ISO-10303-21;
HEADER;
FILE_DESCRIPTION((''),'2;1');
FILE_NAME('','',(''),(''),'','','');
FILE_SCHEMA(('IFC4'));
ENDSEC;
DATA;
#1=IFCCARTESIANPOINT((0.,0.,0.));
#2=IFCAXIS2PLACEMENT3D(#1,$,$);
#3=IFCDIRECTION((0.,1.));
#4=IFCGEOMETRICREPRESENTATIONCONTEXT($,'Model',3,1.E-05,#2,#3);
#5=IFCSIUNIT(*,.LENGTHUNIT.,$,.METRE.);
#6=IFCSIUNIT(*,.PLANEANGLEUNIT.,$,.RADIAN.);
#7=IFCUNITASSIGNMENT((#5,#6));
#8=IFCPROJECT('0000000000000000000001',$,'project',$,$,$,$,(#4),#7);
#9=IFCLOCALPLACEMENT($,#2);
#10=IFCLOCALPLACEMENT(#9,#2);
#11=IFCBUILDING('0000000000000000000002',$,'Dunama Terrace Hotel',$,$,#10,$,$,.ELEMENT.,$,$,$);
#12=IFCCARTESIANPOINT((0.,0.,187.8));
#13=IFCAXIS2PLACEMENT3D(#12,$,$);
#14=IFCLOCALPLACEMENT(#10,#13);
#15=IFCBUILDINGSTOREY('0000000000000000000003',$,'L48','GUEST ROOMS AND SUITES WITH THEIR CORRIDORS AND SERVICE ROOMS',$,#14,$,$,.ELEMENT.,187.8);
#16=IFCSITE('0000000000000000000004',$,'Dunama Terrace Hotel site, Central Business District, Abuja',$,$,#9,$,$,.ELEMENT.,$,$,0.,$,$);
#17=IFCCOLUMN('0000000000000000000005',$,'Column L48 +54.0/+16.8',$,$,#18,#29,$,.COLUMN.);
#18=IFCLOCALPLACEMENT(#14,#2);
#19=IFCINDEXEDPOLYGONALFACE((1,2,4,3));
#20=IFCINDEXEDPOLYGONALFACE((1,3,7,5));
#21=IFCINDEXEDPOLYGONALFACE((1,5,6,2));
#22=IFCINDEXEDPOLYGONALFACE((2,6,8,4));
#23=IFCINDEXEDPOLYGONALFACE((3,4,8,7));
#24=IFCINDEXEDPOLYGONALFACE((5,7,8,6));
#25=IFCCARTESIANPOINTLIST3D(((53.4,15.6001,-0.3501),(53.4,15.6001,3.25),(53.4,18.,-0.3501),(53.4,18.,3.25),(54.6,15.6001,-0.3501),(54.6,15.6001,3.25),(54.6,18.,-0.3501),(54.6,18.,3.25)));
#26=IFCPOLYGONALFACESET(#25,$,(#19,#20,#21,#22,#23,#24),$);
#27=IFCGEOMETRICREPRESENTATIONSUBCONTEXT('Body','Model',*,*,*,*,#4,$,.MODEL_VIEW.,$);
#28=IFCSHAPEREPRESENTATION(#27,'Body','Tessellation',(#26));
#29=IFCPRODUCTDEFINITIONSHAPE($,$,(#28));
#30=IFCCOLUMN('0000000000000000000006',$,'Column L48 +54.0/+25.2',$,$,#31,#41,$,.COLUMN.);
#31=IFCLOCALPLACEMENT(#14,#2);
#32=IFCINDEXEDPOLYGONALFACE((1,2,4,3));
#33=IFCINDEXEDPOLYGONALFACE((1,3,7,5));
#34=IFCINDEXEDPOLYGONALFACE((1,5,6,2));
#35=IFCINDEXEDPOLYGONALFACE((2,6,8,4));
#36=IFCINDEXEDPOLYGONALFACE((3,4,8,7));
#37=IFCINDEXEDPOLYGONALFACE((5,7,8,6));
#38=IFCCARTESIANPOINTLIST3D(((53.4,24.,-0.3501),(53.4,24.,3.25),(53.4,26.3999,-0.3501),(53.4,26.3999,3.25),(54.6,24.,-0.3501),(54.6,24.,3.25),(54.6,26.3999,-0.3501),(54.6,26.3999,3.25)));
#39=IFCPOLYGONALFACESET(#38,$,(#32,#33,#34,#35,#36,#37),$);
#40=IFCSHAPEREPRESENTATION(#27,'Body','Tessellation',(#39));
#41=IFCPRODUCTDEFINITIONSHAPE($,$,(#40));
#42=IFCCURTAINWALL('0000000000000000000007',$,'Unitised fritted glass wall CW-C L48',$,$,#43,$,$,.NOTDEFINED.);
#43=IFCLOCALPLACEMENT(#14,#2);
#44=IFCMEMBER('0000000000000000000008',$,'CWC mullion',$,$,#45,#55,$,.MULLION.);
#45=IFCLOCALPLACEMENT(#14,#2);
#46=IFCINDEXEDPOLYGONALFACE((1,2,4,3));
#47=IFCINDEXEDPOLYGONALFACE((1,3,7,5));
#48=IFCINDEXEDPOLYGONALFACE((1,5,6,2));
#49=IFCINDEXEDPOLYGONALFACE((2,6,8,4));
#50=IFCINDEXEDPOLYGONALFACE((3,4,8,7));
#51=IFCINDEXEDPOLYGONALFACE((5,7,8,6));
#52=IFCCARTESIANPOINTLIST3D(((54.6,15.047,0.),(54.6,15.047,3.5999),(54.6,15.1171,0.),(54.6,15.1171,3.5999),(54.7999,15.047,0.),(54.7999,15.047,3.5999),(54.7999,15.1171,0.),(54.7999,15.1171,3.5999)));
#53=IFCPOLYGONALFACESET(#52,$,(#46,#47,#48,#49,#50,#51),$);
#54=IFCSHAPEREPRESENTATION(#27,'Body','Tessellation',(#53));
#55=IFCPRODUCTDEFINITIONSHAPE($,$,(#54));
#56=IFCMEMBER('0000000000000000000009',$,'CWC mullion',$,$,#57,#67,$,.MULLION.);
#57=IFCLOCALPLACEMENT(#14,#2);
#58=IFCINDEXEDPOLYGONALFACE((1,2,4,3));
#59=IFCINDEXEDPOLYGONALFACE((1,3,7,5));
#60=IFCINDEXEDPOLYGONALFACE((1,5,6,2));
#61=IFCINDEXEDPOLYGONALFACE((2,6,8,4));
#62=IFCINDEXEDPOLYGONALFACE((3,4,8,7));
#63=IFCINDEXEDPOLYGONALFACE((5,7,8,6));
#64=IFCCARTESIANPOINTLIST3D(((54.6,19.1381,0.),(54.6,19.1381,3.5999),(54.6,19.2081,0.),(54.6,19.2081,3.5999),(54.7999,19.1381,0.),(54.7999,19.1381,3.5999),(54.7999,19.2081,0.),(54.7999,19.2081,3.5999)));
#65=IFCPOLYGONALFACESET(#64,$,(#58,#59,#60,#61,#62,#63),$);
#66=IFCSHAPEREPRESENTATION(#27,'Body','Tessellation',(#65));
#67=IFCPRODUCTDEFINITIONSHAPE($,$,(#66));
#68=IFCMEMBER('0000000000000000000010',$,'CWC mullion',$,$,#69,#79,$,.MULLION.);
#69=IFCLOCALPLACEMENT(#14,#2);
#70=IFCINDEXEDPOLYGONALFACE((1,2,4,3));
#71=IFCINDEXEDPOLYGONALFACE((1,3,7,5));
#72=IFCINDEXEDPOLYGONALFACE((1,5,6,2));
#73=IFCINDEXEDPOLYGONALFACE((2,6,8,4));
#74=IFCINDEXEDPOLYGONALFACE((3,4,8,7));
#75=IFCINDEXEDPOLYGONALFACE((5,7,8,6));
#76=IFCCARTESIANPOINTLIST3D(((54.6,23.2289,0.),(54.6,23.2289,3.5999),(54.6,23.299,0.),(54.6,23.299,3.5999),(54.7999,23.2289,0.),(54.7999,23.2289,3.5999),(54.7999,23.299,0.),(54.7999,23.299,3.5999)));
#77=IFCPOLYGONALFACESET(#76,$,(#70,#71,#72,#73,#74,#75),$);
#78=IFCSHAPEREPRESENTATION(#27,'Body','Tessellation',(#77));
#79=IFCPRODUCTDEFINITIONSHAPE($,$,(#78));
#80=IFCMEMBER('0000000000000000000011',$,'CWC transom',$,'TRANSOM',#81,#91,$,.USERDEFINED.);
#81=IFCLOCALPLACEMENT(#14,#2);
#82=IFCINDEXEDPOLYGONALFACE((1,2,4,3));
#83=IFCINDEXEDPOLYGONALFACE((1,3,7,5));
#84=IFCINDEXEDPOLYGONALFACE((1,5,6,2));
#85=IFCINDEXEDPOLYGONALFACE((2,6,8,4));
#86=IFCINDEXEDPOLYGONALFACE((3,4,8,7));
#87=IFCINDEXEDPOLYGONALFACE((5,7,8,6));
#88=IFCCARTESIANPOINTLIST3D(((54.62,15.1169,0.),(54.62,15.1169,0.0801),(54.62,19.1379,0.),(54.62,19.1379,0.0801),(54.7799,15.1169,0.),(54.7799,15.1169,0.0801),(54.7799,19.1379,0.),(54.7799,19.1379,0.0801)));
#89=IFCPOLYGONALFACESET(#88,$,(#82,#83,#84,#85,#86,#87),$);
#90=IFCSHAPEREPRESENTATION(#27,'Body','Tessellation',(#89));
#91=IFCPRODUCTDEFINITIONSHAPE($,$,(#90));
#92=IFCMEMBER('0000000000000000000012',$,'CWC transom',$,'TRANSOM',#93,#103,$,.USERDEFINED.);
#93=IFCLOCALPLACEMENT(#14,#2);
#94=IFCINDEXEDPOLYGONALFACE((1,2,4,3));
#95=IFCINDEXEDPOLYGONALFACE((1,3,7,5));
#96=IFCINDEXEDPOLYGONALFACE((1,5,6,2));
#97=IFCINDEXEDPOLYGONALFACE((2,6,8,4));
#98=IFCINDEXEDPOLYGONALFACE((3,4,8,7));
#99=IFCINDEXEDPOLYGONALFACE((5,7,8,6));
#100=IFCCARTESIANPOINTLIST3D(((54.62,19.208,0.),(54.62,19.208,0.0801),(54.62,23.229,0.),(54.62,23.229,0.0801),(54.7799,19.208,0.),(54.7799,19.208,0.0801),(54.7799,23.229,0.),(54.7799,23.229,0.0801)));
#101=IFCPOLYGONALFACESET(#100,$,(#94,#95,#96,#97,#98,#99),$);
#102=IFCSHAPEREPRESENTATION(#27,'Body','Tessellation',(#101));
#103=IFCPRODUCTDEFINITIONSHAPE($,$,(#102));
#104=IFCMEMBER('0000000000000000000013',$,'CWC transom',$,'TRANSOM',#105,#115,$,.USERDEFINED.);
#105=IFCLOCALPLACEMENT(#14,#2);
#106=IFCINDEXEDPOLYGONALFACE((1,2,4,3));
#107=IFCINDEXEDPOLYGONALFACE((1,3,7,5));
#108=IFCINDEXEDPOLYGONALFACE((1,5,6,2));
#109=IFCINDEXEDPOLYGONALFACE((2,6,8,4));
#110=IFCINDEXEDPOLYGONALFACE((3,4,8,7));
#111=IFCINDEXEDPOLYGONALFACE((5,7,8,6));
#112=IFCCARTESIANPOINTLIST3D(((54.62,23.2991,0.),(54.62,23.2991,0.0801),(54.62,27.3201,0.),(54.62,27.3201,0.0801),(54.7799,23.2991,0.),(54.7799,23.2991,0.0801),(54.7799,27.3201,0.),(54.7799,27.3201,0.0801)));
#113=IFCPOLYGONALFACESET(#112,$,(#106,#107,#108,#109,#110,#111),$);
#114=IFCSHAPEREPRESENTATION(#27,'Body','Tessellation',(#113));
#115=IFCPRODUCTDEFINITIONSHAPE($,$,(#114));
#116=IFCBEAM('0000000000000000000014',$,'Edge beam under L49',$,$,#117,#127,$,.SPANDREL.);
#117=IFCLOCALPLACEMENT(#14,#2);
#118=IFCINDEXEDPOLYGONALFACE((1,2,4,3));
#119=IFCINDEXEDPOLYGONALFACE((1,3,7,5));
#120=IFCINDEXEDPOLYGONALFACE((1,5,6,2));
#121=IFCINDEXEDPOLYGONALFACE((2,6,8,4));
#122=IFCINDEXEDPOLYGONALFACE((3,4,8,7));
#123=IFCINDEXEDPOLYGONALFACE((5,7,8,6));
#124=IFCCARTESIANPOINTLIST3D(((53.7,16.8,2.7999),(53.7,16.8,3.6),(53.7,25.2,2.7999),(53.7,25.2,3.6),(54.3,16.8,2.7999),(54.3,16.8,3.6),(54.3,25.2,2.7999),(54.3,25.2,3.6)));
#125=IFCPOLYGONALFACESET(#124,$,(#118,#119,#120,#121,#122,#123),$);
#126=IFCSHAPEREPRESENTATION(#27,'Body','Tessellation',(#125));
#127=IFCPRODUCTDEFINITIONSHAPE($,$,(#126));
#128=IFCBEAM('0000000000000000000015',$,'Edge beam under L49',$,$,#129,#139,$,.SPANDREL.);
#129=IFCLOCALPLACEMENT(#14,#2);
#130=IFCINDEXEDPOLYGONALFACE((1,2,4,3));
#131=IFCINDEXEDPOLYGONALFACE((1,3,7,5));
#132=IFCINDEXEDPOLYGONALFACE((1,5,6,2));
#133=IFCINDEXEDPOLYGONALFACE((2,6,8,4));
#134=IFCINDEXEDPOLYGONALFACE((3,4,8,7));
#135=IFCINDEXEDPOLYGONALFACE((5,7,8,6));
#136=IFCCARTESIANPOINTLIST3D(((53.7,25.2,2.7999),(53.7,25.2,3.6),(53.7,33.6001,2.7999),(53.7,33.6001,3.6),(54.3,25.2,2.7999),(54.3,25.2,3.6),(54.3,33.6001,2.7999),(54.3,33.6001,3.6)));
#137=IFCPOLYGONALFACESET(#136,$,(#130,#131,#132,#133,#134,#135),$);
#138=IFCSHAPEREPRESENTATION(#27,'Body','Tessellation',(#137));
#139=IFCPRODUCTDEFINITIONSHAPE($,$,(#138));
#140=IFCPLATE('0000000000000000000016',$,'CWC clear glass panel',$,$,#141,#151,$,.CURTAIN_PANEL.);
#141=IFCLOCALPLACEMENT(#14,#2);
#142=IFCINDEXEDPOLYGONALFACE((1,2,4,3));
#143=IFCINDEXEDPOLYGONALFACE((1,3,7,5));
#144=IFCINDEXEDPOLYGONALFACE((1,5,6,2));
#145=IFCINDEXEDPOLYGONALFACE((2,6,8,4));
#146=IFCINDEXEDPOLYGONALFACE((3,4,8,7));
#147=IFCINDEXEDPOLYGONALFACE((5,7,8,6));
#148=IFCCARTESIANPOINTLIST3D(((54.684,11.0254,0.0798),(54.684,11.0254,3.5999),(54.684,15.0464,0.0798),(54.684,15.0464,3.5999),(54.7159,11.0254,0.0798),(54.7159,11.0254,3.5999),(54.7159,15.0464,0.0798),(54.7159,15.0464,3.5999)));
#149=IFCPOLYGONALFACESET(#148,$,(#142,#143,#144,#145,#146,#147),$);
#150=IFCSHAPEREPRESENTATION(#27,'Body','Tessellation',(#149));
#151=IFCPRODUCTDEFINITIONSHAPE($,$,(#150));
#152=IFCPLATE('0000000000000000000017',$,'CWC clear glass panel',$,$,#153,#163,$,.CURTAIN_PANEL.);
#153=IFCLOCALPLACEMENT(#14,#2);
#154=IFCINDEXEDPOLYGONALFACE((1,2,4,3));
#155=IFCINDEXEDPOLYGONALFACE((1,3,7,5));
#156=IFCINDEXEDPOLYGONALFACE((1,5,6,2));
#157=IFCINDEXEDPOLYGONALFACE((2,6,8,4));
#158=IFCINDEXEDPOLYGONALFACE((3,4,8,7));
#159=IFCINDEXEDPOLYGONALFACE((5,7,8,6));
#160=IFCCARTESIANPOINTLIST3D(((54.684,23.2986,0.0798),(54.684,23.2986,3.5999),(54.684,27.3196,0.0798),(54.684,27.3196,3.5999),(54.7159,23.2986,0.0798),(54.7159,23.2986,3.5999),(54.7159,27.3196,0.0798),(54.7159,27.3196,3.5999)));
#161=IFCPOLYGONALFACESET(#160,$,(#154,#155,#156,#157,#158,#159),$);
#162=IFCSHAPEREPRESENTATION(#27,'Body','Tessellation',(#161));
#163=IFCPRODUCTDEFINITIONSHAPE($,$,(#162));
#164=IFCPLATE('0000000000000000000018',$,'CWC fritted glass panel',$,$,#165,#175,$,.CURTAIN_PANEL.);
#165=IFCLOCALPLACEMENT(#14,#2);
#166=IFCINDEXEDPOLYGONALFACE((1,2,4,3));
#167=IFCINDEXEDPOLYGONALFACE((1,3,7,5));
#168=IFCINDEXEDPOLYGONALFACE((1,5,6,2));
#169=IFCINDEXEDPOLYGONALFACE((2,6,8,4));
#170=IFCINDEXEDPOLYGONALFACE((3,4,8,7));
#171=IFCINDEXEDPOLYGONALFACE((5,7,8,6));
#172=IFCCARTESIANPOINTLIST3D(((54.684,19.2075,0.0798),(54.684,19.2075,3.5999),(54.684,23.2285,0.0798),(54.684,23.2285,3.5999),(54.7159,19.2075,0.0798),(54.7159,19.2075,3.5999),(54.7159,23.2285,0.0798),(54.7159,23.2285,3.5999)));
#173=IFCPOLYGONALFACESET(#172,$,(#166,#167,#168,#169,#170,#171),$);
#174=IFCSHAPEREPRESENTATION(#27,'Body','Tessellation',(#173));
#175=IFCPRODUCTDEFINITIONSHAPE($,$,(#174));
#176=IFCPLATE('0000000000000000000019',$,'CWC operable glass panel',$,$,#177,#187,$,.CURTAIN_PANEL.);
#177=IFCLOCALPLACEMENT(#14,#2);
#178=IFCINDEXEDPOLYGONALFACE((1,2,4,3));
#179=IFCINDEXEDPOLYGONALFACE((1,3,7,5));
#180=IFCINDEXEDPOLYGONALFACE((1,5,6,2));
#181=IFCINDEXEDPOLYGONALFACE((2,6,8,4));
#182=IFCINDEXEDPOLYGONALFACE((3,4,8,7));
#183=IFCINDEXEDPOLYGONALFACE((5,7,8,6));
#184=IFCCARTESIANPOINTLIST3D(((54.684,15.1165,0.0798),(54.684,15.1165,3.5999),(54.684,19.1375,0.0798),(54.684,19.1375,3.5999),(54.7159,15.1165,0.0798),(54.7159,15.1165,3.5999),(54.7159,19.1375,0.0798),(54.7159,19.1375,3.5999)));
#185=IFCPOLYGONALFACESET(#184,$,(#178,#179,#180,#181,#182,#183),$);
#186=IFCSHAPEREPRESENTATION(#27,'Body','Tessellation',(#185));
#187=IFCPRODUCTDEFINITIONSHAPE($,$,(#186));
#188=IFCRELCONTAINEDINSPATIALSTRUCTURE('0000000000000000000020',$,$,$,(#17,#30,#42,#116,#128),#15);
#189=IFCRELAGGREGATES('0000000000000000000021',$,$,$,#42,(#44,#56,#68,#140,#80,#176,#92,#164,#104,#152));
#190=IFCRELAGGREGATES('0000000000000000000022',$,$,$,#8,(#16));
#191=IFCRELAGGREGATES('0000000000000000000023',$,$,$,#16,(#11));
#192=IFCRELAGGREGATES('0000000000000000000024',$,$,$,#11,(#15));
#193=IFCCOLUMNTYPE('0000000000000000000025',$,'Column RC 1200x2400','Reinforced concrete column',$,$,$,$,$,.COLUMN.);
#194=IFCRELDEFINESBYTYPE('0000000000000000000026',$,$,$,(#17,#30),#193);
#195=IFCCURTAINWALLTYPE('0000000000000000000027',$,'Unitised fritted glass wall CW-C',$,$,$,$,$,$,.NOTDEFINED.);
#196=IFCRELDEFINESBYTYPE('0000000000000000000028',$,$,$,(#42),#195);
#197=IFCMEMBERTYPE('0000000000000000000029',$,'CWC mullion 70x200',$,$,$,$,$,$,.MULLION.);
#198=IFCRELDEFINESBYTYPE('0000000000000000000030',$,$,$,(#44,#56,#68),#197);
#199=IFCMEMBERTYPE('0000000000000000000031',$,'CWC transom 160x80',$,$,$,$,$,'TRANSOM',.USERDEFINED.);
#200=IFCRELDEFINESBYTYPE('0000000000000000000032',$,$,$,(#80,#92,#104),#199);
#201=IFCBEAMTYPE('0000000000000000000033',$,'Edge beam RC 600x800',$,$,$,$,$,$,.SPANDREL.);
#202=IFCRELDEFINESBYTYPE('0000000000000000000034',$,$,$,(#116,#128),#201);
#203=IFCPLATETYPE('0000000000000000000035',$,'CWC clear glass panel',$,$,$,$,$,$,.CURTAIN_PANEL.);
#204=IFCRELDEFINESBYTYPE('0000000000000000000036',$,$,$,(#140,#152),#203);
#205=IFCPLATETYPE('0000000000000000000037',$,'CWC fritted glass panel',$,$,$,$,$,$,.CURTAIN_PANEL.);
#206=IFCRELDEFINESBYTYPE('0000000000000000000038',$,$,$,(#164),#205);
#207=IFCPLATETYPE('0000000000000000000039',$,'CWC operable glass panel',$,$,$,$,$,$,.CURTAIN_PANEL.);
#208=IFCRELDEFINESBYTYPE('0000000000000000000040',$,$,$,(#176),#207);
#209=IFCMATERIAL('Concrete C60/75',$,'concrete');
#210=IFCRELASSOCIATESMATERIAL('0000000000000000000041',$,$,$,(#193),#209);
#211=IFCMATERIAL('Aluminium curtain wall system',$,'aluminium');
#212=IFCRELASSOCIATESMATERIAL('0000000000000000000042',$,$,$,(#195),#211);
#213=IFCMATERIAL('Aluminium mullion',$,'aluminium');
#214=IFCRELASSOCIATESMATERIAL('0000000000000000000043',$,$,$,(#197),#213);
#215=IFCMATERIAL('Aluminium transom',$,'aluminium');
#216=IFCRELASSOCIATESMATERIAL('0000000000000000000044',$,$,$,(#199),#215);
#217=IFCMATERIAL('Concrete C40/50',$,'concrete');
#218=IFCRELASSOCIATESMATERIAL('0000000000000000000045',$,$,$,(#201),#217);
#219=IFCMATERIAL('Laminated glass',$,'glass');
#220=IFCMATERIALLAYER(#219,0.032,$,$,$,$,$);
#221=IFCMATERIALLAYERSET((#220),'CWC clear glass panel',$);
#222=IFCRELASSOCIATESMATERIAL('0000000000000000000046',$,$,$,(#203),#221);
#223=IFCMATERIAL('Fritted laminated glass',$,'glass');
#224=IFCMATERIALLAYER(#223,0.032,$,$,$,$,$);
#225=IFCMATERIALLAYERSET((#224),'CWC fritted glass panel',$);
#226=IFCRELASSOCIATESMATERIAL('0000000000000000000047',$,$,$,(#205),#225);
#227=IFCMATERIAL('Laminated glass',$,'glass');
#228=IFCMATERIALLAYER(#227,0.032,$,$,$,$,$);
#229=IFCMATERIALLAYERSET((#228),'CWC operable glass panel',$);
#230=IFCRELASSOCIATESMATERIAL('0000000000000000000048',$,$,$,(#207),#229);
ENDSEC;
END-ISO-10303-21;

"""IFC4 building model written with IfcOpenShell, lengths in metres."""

from ifc_helpers import new_model, si_unit, direction, frame, origin, origin_2d, place, context, subcontext, project, spatial, rectangle, extrude, material, layer, layer_set, material_profile, profile_set, type_object, element, aggregate, save


model = new_model("IFC4")

# Units and contexts
model_context = context("Model", 3, precision=1e-05, world=origin(), true_north=direction((0.0, 1.0)))
body_context = subcontext(model_context, "Body", "Model", "MODEL_VIEW")
ifc_project = project(units=[si_unit("LENGTHUNIT", "METRE"), si_unit("PLANEANGLEUNIT", "RADIAN")], contexts=[model_context])

# Site, building, storey
site_placement = place(None, origin())
site = spatial("IfcSite", under=ifc_project, at=site_placement, Name="Dunama Terrace Hotel site, Central Business District, Abuja", CompositionType="ELEMENT", RefElevation=0.0)
building_placement = place(site_placement, origin())
building = spatial("IfcBuilding", under=site, at=building_placement, Name="Dunama Terrace Hotel", CompositionType="ELEMENT")
storey_placement = place(building_placement, frame((0.0, 0.0, 187.8)))
storey = spatial("IfcBuildingStorey", under=building, at=storey_placement, Name="L48", Description="GUEST ROOMS AND SUITES WITH THEIR CORRIDORS AND SERVICE ROOMS", CompositionType="ELEMENT", Elevation=187.8)

# Columns
ifc_material_1 = material(Name="Concrete C60/75", Category="concrete")
ifc_material_profile_1 = material_profile(ifc_material_1, rectangle(XDim=1.2, YDim=2.3999, at=origin_2d()), Name="RC 1200x2400")
ifc_profile_set_1 = profile_set([ifc_material_profile_1], Name="Concrete C60/75")
column_type = type_object("IfcColumnType", Name="Column RC 1200x2400", Description="Reinforced concrete column", PredefinedType="COLUMN", material=ifc_profile_set_1)
for number, where, z_axis, x_axis, name in (
    (1, (54.0, 16.8, -0.3501), (0.0, 0.0, 1.0), (1.0, 0.0, 0.0), "Column L48 +54.0/+16.8"),
    (2, (54.0, 25.2, -0.3501), (0.0, 0.0, 1.0), (1.0, 0.0, 0.0), "Column L48 +54.0/+25.2"),
):
    element("IfcColumn", number, at=place(storey_placement, frame(where, z_axis=z_axis, x_axis=x_axis)), inside=storey, type_object=column_type, Name=name, PredefinedType="COLUMN", context=body_context, shape_type="SweptSolid", body=[
        extrude(rectangle(XDim=1.2, YDim=2.3999, at=origin_2d()), origin(), (0.0, 0.0, 1.0), 3.6001),
    ])

# Curtain wall, members
ifc_material_2 = material(Name="Aluminium curtain wall system", Category="aluminium")
curtain_wall_type = type_object("IfcCurtainWallType", Name="Unitised fritted glass wall CW-C", PredefinedType="NOTDEFINED", material=ifc_material_2)
curtain_wall_placement = place(storey_placement, origin())
curtain_wall = element("IfcCurtainWall", 3, at=curtain_wall_placement, inside=storey, type_object=curtain_wall_type, Name="Unitised fritted glass wall CW-C L48", PredefinedType="NOTDEFINED")
ifc_material_3 = material(Name="Aluminium mullion", Category="aluminium")
ifc_material_profile_2 = material_profile(ifc_material_3, rectangle(XDim=0.0701, YDim=0.2, at=origin_2d()), Name="CWC MULLION 70X200")
ifc_profile_set_2 = profile_set([ifc_material_profile_2], Name="Aluminium mullion")
member_type_1 = type_object("IfcMemberType", Name="CWC mullion 70x200", PredefinedType="MULLION", material=ifc_profile_set_2)
member_1_placement = place(storey_placement, frame((54.7, 15.082, 0.0), z_axis=(0.0, 0.0, 1.0), x_axis=(0.0, 1.0, 0.0)))
member_1 = element("IfcMember", 4, at=member_1_placement, type_object=member_type_1, Name="CWC mullion", PredefinedType="MULLION", context=body_context, shape_type="SweptSolid", body=[
    extrude(rectangle(XDim=0.0701, YDim=0.2, at=origin_2d()), origin(), (0.0, 0.0, 1.0), 3.5999),
])
member_2_placement = place(storey_placement, frame((54.7, 19.1731, 0.0), z_axis=(0.0, 0.0, 1.0), x_axis=(0.0, 1.0, 0.0)))
member_2 = element("IfcMember", 5, at=member_2_placement, type_object=member_type_1, Name="CWC mullion", PredefinedType="MULLION", context=body_context, shape_type="SweptSolid", body=[
    extrude(rectangle(XDim=0.0701, YDim=0.2, at=origin_2d()), origin(), (0.0, 0.0, 1.0), 3.5999),
])
member_3_placement = place(storey_placement, frame((54.7, 23.2639, 0.0), z_axis=(0.0, 0.0, 1.0), x_axis=(0.0, 1.0, 0.0)))
member_3 = element("IfcMember", 6, at=member_3_placement, type_object=member_type_1, Name="CWC mullion", PredefinedType="MULLION", context=body_context, shape_type="SweptSolid", body=[
    extrude(rectangle(XDim=0.0701, YDim=0.2, at=origin_2d()), origin(), (0.0, 0.0, 1.0), 3.5999),
])
ifc_material_4 = material(Name="Aluminium transom", Category="aluminium")
ifc_material_profile_3 = material_profile(ifc_material_4, rectangle(XDim=0.1599, YDim=0.0801, at=origin_2d()), Name="CWC TRANSOM 160X80")
ifc_profile_set_3 = profile_set([ifc_material_profile_3], Name="Aluminium transom")
member_type_2 = type_object("IfcMemberType", Name="CWC transom 160x80", ElementType="TRANSOM", PredefinedType="USERDEFINED", material=ifc_profile_set_3)
member_4_placement = place(storey_placement, frame((54.7, 15.1169, 0.04), z_axis=(0.0, 1.0, 0.0), x_axis=(-1.0, 0.0, 0.0)))
member_4 = element("IfcMember", 7, at=member_4_placement, type_object=member_type_2, Name="CWC transom", ObjectType="TRANSOM", PredefinedType="USERDEFINED", context=body_context, shape_type="SweptSolid", body=[
    extrude(rectangle(XDim=0.1599, YDim=0.0801, at=origin_2d()), origin(), (0.0, 0.0, 1.0), 4.021),
])
member_5_placement = place(storey_placement, frame((54.7, 19.208, 0.04), z_axis=(0.0, 1.0, 0.0), x_axis=(-1.0, 0.0, 0.0)))
member_5 = element("IfcMember", 8, at=member_5_placement, type_object=member_type_2, Name="CWC transom", ObjectType="TRANSOM", PredefinedType="USERDEFINED", context=body_context, shape_type="SweptSolid", body=[
    extrude(rectangle(XDim=0.1599, YDim=0.0801, at=origin_2d()), origin(), (0.0, 0.0, 1.0), 4.021),
])
member_6_placement = place(storey_placement, frame((54.7, 23.2991, 0.04), z_axis=(0.0, 1.0, 0.0), x_axis=(-1.0, 0.0, 0.0)))
member_6 = element("IfcMember", 9, at=member_6_placement, type_object=member_type_2, Name="CWC transom", ObjectType="TRANSOM", PredefinedType="USERDEFINED", context=body_context, shape_type="SweptSolid", body=[
    extrude(rectangle(XDim=0.1599, YDim=0.0801, at=origin_2d()), origin(), (0.0, 0.0, 1.0), 4.021),
])

# Beams
ifc_material_5 = material(Name="Concrete C40/50", Category="concrete")
ifc_material_profile_4 = material_profile(ifc_material_5, rectangle(XDim=0.6001, YDim=0.8, at=origin_2d()), Name="RC 600x800")
ifc_profile_set_4 = profile_set([ifc_material_profile_4], Name="Concrete C40/50")
beam_type = type_object("IfcBeamType", Name="Edge beam RC 600x800", PredefinedType="SPANDREL", material=ifc_profile_set_4)
beam_1_placement = place(storey_placement, frame((54.0, 16.8, 3.2), z_axis=(0.0, 1.0, 0.0), x_axis=(-1.0, 0.0, 0.0)))
element("IfcBeam", 10, at=beam_1_placement, inside=storey, type_object=beam_type, Name="Edge beam under L49", PredefinedType="SPANDREL", context=body_context, shape_type="SweptSolid", body=[
    extrude(rectangle(XDim=0.6001, YDim=0.8, at=origin_2d()), origin(), (0.0, 0.0, 1.0), 8.3999),
])
beam_2_placement = place(storey_placement, frame((54.0, 25.2, 3.2), z_axis=(0.0, 1.0, 0.0), x_axis=(-1.0, 0.0, 0.0)))
element("IfcBeam", 11, at=beam_2_placement, inside=storey, type_object=beam_type, Name="Edge beam under L49", PredefinedType="SPANDREL", context=body_context, shape_type="SweptSolid", body=[
    extrude(rectangle(XDim=0.6001, YDim=0.8, at=origin_2d()), origin(), (0.0, 0.0, 1.0), 8.4001),
])

# Plates
ifc_material_6 = material(Name="Laminated glass", Category="glass")
ifc_layer_1 = layer(ifc_material_6, 0.032)
ifc_layer_set_1 = layer_set([ifc_layer_1], Name="CWC clear glass panel")
plate_type_1 = type_object("IfcPlateType", Name="CWC clear glass panel", PredefinedType="CURTAIN_PANEL", material=ifc_layer_set_1)
plate_1_placement = place(storey_placement, frame((54.7, 13.0359, 0.0798), z_axis=(0.0, 0.0, 1.0), x_axis=(0.0, 1.0, 0.0)))
plate_1 = element("IfcPlate", 12, at=plate_1_placement, type_object=plate_type_1, Name="CWC clear glass panel", PredefinedType="CURTAIN_PANEL", context=body_context, shape_type="SweptSolid", body=[
    extrude(rectangle(XDim=4.021, YDim=0.032, at=origin_2d()), origin(), (0.0, 0.0, 1.0), 3.52),
])
plate_2_placement = place(storey_placement, frame((54.7, 25.3091, 0.0798), z_axis=(0.0, 0.0, 1.0), x_axis=(0.0, 1.0, 0.0)))
plate_2 = element("IfcPlate", 13, at=plate_2_placement, type_object=plate_type_1, Name="CWC clear glass panel", PredefinedType="CURTAIN_PANEL", context=body_context, shape_type="SweptSolid", body=[
    extrude(rectangle(XDim=4.021, YDim=0.032, at=origin_2d()), origin(), (0.0, 0.0, 1.0), 3.52),
])
ifc_material_7 = material(Name="Fritted laminated glass", Category="glass")
ifc_layer_2 = layer(ifc_material_7, 0.032)
ifc_layer_set_2 = layer_set([ifc_layer_2], Name="CWC fritted glass panel")
plate_type_2 = type_object("IfcPlateType", Name="CWC fritted glass panel", PredefinedType="CURTAIN_PANEL", material=ifc_layer_set_2)
plate_3_placement = place(storey_placement, frame((54.7, 21.218, 0.0798), z_axis=(0.0, 0.0, 1.0), x_axis=(0.0, 1.0, 0.0)))
plate_3 = element("IfcPlate", 14, at=plate_3_placement, type_object=plate_type_2, Name="CWC fritted glass panel", PredefinedType="CURTAIN_PANEL", context=body_context, shape_type="SweptSolid", body=[
    extrude(rectangle(XDim=4.021, YDim=0.032, at=origin_2d()), origin(), (0.0, 0.0, 1.0), 3.52),
])
ifc_material_8 = material(Name="Laminated glass", Category="glass")
ifc_layer_3 = layer(ifc_material_8, 0.032)
ifc_layer_set_3 = layer_set([ifc_layer_3], Name="CWC operable glass panel")
plate_type_3 = type_object("IfcPlateType", Name="CWC operable glass panel", PredefinedType="CURTAIN_PANEL", material=ifc_layer_set_3)
plate_4_placement = place(storey_placement, frame((54.7, 17.127, 0.0798), z_axis=(0.0, 0.0, 1.0), x_axis=(0.0, 1.0, 0.0)))
plate_4 = element("IfcPlate", 15, at=plate_4_placement, type_object=plate_type_3, Name="CWC operable glass panel", PredefinedType="CURTAIN_PANEL", context=body_context, shape_type="SweptSolid", body=[
    extrude(rectangle(XDim=4.021, YDim=0.032, at=origin_2d()), origin(), (0.0, 0.0, 1.0), 3.52),
])
aggregate(curtain_wall, [member_1, member_2, member_3, plate_1, member_4, plate_4, member_5, plate_3, member_6, plate_2])

save(model, "model.ifc")
